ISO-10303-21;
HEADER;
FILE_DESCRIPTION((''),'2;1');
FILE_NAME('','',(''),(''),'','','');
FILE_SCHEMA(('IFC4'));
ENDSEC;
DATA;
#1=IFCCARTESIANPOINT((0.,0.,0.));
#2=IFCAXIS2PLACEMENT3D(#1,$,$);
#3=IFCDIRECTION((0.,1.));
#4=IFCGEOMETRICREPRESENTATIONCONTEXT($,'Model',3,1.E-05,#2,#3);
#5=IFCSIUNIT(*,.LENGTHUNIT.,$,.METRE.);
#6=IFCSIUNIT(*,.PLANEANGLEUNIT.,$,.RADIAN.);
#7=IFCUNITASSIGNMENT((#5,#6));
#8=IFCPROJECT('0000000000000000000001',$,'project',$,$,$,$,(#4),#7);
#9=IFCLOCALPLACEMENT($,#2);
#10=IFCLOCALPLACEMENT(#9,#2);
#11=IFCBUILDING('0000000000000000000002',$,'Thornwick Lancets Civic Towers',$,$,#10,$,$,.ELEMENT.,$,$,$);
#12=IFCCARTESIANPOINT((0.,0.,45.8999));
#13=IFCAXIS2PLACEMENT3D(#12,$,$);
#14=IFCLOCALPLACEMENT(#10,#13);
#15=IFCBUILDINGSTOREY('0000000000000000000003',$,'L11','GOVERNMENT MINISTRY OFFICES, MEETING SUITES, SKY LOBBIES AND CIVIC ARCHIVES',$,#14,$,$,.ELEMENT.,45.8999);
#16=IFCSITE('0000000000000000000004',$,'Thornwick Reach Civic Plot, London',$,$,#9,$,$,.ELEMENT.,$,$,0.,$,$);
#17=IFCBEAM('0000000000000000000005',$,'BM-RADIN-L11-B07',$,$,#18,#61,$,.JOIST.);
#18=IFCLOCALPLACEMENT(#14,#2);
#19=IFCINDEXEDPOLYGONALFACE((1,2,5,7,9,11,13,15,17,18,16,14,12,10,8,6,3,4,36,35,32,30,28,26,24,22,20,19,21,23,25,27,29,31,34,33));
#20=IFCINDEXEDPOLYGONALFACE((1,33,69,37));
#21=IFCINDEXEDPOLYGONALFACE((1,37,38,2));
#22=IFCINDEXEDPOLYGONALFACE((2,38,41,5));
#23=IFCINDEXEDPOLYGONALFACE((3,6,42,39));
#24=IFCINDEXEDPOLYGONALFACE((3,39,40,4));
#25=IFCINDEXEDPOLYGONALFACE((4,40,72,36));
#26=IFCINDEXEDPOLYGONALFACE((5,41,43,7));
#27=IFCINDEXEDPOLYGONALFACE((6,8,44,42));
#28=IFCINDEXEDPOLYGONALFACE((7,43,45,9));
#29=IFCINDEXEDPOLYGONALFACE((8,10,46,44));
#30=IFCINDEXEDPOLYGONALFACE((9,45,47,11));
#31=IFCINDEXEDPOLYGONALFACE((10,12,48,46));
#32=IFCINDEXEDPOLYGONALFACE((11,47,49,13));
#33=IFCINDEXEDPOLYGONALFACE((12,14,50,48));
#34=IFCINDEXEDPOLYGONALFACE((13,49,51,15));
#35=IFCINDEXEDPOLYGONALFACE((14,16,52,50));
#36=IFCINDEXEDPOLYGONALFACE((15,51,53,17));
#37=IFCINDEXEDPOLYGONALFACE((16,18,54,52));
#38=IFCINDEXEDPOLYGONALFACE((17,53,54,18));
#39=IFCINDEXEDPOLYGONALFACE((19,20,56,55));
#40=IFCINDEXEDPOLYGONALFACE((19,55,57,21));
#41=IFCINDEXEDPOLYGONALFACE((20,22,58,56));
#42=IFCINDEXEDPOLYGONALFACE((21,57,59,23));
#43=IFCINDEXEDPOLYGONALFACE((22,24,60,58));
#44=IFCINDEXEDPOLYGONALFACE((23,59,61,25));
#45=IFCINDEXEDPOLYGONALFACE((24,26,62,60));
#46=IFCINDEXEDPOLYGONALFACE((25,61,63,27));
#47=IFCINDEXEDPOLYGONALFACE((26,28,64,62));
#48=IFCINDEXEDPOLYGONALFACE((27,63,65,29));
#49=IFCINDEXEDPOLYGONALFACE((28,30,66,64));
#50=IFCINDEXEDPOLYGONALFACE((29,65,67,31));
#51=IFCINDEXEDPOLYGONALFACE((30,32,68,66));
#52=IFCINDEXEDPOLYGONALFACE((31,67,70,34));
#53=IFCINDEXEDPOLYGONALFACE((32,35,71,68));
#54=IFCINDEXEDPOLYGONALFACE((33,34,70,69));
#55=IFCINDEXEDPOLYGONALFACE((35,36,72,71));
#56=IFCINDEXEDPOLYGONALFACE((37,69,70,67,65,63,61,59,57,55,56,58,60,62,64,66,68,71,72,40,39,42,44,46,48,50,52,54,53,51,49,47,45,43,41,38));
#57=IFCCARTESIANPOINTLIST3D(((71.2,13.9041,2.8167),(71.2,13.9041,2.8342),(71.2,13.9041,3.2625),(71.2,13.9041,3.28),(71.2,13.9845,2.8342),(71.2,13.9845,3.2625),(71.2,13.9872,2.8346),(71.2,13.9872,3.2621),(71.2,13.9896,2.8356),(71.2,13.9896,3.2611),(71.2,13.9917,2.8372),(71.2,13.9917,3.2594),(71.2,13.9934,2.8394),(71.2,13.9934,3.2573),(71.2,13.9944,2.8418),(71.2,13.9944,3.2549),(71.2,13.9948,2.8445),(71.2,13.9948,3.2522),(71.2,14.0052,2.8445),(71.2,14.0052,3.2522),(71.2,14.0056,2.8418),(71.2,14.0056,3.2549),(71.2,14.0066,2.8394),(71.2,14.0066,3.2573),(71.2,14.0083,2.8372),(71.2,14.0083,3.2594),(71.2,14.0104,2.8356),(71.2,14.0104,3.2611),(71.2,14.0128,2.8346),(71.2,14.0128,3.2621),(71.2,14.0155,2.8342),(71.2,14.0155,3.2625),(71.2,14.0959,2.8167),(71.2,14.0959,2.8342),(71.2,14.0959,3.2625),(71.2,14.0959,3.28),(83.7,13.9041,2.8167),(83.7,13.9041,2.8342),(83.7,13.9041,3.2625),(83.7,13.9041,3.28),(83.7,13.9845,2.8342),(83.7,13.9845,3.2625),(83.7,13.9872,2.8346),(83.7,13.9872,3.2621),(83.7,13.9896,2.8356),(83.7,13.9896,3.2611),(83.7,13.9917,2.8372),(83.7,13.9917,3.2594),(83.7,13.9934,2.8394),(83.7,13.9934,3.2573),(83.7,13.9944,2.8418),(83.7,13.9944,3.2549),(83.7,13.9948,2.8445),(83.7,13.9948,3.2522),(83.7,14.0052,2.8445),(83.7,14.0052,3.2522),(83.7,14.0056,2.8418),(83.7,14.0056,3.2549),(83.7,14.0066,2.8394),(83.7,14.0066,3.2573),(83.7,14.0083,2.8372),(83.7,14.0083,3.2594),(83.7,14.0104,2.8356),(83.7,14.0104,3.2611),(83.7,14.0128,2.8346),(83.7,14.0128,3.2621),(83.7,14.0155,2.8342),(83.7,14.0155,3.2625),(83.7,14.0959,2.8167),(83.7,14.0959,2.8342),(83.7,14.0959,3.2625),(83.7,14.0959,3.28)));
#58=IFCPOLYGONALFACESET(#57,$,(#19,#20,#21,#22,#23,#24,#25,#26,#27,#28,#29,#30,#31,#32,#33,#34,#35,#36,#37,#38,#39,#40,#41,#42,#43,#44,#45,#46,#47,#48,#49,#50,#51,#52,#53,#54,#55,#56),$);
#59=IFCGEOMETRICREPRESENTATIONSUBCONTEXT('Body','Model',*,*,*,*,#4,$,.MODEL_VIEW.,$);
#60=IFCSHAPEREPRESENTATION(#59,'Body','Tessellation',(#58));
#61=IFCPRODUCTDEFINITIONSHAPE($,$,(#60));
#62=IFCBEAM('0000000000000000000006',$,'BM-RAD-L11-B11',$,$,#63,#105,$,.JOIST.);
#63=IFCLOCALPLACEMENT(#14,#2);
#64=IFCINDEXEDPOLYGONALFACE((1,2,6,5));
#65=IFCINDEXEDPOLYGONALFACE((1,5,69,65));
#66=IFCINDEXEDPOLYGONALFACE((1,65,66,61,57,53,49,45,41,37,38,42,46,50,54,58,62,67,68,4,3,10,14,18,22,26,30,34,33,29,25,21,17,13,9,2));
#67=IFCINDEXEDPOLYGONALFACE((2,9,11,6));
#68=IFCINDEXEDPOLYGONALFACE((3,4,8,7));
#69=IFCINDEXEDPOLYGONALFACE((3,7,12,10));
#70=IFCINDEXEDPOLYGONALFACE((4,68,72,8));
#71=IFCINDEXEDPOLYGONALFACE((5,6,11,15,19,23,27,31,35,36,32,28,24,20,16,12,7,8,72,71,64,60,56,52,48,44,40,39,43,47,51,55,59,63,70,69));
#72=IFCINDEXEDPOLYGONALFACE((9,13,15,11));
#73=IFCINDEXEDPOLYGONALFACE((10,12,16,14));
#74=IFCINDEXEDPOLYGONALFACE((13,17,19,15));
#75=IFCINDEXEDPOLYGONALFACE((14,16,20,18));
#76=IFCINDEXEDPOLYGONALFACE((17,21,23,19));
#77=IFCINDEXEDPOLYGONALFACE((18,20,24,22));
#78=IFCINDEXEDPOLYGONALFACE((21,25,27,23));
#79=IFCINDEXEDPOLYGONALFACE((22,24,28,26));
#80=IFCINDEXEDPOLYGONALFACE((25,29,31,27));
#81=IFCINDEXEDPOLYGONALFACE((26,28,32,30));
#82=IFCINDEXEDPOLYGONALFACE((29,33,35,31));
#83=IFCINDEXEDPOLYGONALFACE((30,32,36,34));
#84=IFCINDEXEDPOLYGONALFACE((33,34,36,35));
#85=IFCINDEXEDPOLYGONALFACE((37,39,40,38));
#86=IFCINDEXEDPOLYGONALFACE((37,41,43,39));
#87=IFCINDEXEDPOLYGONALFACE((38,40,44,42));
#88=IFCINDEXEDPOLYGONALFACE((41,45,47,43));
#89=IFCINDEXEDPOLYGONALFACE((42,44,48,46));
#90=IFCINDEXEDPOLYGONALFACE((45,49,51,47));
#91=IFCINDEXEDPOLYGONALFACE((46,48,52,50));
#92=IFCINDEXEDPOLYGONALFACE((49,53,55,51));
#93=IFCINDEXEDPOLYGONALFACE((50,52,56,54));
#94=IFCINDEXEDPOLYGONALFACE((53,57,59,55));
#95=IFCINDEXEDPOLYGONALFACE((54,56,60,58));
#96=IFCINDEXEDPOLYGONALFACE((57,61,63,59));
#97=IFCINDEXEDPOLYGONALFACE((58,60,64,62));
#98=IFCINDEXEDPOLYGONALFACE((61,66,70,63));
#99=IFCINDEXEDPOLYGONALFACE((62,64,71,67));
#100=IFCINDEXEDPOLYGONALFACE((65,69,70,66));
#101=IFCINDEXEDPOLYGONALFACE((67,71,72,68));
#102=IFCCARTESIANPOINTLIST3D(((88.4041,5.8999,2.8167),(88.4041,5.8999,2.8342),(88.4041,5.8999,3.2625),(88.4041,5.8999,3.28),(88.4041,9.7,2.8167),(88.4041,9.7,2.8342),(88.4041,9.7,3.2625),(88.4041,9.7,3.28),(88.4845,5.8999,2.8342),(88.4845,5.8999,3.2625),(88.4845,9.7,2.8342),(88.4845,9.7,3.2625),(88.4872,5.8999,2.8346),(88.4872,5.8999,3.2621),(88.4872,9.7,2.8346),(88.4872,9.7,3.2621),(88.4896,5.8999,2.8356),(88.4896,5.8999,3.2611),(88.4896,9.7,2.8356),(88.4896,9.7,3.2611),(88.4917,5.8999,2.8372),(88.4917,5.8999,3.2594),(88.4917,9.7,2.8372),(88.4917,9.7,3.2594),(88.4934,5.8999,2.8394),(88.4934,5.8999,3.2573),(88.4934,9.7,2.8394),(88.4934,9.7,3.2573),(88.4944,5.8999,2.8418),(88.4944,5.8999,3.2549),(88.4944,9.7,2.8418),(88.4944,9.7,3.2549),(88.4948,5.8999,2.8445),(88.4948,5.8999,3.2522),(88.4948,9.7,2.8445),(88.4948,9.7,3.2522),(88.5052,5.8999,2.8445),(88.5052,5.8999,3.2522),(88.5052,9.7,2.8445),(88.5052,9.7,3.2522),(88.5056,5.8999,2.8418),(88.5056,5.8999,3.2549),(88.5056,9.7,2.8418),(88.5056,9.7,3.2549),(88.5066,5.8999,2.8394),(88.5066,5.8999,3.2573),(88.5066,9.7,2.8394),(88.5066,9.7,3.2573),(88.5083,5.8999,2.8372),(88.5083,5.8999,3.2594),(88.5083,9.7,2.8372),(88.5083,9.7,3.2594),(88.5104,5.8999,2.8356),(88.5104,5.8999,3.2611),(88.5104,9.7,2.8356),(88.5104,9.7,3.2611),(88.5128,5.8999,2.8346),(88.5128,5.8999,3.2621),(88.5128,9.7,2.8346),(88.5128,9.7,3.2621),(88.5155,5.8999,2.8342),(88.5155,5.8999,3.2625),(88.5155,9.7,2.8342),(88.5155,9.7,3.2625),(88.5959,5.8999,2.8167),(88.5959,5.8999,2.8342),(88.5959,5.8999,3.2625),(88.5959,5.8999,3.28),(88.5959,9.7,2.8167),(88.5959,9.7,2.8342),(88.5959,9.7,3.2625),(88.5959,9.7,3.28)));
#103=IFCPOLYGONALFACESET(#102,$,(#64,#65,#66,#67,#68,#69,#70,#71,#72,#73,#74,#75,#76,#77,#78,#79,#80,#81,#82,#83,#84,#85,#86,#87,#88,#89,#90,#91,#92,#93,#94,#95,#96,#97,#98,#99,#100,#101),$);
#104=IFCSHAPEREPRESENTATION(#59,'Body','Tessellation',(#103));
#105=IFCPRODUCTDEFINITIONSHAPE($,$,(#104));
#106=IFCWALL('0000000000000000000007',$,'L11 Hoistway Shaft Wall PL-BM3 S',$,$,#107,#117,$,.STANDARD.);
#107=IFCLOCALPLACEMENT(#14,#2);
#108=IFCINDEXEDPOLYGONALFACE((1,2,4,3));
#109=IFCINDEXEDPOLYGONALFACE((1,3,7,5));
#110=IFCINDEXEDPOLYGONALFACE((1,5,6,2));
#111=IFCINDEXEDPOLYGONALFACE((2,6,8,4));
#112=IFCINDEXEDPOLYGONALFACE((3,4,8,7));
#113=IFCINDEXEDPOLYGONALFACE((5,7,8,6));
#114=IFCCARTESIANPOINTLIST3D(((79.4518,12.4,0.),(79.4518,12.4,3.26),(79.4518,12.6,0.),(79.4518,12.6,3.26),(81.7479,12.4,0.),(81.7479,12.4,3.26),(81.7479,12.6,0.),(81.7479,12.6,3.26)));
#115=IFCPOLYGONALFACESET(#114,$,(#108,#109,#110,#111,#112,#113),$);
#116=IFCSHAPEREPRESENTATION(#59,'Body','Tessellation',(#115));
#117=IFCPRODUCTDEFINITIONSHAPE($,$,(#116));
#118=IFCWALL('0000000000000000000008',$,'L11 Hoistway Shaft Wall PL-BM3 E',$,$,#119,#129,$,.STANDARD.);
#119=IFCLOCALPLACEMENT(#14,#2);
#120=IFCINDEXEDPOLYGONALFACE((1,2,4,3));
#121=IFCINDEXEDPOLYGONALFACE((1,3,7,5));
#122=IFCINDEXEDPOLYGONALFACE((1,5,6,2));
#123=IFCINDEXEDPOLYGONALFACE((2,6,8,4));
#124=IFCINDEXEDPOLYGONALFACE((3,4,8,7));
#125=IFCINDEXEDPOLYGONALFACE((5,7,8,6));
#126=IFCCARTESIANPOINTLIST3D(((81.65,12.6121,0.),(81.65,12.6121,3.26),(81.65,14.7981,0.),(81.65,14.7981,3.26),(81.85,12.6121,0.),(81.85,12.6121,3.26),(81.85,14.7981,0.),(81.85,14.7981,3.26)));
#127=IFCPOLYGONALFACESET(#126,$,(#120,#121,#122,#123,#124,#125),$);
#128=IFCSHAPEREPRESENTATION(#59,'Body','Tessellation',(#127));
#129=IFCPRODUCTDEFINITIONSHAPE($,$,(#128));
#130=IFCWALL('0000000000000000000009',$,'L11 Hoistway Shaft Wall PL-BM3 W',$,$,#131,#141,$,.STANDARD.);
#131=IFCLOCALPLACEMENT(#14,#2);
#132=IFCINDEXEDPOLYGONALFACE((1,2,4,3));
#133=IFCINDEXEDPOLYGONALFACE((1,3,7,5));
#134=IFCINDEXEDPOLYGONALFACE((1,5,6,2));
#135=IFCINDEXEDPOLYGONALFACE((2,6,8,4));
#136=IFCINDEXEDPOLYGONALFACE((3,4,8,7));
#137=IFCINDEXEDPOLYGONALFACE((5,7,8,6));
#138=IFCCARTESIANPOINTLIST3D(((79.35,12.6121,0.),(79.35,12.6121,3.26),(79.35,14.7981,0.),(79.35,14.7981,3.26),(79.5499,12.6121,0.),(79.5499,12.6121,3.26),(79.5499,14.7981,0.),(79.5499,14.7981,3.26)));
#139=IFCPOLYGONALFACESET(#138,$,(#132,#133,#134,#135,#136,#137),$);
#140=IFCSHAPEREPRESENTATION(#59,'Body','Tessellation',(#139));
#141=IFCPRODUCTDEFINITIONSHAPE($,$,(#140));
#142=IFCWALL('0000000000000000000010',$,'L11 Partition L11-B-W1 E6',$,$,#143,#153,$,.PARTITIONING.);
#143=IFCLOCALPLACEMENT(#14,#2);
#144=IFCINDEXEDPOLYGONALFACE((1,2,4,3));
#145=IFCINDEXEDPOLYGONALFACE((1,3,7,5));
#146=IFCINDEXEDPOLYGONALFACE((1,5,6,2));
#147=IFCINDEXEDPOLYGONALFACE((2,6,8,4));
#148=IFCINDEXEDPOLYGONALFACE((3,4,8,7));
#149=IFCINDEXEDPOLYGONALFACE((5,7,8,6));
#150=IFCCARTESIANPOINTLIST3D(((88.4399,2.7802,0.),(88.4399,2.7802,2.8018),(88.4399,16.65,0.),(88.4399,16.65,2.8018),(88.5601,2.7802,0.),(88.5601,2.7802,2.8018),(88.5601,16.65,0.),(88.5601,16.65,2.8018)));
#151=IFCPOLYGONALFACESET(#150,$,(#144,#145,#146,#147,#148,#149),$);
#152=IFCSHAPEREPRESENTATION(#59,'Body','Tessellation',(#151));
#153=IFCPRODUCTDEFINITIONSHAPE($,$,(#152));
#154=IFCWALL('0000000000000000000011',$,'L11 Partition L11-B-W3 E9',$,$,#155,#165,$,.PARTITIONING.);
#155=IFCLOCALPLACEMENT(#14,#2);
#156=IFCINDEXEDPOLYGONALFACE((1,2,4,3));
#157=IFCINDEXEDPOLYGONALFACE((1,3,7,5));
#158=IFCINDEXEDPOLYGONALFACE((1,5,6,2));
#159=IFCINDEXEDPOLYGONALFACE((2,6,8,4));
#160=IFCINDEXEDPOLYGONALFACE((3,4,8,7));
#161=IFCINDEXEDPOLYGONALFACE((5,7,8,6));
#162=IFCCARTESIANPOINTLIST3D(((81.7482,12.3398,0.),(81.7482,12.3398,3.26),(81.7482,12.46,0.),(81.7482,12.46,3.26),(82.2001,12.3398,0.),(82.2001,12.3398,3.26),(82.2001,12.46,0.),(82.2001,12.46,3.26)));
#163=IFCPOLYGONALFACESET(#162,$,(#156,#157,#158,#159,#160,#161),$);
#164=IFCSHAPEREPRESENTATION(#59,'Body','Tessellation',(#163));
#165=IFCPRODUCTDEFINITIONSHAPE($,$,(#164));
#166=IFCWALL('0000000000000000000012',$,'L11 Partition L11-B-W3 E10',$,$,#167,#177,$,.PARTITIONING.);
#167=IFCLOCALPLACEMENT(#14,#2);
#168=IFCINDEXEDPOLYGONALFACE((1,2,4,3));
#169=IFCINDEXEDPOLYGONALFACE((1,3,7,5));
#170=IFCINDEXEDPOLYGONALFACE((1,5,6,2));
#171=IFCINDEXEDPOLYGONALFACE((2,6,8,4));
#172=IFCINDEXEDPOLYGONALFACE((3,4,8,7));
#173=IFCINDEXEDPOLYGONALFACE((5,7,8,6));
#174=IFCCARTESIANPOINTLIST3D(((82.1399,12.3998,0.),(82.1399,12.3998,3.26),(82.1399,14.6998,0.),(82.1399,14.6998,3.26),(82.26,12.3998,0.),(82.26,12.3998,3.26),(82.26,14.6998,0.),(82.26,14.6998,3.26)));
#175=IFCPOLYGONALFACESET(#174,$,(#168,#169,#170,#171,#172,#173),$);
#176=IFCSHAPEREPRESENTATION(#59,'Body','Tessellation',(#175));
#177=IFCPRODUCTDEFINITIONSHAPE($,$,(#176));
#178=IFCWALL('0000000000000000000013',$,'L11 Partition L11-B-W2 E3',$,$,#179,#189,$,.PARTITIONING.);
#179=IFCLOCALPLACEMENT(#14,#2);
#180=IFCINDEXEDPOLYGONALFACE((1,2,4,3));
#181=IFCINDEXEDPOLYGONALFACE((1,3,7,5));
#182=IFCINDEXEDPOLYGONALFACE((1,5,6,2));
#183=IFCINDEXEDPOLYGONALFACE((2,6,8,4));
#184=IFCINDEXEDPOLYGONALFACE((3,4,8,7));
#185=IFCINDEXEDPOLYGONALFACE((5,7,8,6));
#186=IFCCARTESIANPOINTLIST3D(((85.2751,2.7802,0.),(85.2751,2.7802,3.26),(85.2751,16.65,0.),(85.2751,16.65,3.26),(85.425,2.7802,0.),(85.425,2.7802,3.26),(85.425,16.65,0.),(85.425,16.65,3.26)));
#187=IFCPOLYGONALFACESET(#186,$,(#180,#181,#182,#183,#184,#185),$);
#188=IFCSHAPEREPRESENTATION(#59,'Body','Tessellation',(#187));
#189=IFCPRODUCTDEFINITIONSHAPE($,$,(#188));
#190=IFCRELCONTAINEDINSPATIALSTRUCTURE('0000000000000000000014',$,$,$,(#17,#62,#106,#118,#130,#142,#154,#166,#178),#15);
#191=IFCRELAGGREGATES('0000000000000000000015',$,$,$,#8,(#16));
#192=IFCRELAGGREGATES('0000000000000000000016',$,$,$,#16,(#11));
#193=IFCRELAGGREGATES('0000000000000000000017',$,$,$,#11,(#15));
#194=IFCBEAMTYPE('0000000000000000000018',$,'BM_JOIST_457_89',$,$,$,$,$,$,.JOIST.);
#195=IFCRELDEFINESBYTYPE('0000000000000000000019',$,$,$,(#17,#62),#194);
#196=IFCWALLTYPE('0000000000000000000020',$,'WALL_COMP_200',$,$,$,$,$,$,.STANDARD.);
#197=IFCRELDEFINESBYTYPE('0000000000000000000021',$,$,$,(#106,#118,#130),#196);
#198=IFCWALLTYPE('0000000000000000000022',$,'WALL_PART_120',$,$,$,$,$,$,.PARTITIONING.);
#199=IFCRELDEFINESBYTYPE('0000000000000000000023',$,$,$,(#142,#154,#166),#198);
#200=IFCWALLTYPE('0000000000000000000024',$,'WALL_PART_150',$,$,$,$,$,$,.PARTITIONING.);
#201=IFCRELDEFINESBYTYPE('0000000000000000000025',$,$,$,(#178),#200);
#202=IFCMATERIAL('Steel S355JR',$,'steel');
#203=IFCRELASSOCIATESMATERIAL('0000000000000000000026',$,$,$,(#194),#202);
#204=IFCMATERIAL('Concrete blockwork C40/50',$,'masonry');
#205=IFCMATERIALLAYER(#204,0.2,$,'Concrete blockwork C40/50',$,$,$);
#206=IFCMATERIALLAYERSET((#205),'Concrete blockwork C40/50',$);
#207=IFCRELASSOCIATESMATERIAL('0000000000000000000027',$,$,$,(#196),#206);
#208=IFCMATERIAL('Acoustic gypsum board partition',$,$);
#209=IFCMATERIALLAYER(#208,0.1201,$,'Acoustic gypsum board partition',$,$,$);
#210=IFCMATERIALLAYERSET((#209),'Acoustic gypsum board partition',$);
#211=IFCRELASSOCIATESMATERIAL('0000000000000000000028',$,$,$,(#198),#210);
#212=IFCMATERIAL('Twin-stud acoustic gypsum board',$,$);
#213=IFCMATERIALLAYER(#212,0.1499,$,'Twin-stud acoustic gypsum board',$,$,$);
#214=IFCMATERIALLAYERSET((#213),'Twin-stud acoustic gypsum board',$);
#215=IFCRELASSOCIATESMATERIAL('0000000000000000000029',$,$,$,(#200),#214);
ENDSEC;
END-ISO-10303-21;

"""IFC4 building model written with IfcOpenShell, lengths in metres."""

from ifc_helpers import new_model, si_unit, direction, frame, frame_2d, origin, origin_2d, place, context, subcontext, project, spatial, rectangle, i_section, extrude, material, layer, layer_set, material_profile, profile_set, type_object, element, save


model = new_model("IFC4")

# Units and contexts
model_context = context("Model", 3, precision=1e-05, world=origin(), true_north=direction((0.0, 1.0)))
body_context = subcontext(model_context, "Body", "Model", "MODEL_VIEW")
ifc_project = project(units=[si_unit("LENGTHUNIT", "METRE"), si_unit("PLANEANGLEUNIT", "RADIAN")], contexts=[model_context])

# Site, building, storey
site_placement = place(None, origin())
site = spatial("IfcSite", under=ifc_project, at=site_placement, Name="Thornwick Reach Civic Plot, London", CompositionType="ELEMENT", RefElevation=0.0)
building_placement = place(site_placement, origin())
building = spatial("IfcBuilding", under=site, at=building_placement, Name="Thornwick Lancets Civic Towers", CompositionType="ELEMENT")
storey_placement = place(building_placement, frame((0.0, 0.0, 45.8999)))
storey = spatial("IfcBuildingStorey", under=building, at=storey_placement, Name="L11", Description="GOVERNMENT MINISTRY OFFICES, MEETING SUITES, SKY LOBBIES AND CIVIC ARCHIVES", CompositionType="ELEMENT", Elevation=45.8999)

# Beams
ifc_material_1 = material(Name="Steel S355JR", Category="steel")
ifc_material_profile_1 = material_profile(ifc_material_1, i_section(OverallWidth=0.1919, OverallDepth=0.4634, WebThickness=0.0105, FlangeThickness=0.0176, FilletRadius=0.0103, at=origin_2d()), Name="UKB 457x191x89")
ifc_profile_set_1 = profile_set([ifc_material_profile_1], Name="Steel S355JR")
beam_type_1 = type_object("IfcBeamType", Name="BM_JOIST_457_89", PredefinedType="JOIST", material=ifc_profile_set_1)
beam_1_placement = place(storey_placement, frame((83.7, 14.0, 3.0483), z_axis=(-1.0, 0.0, 0.0), x_axis=(0.0, -1.0, 0.0)))
element("IfcBeam", 1, at=beam_1_placement, inside=storey, type_object=beam_type_1, Name="BM-RADIN-L11-B07", PredefinedType="JOIST", context=body_context, shape_type="SweptSolid", body=[
    extrude(i_section(OverallWidth=0.1919, OverallDepth=0.4634, WebThickness=0.0105, FlangeThickness=0.0176, FilletRadius=0.0103, at=origin_2d()), origin(), (0.0, 0.0, 1.0), 12.5),
])
beam_2_placement = place(storey_placement, frame((88.5, 9.7, 3.0483), z_axis=(0.0, -1.0, 0.0), x_axis=(1.0, 0.0, 0.0)))
element("IfcBeam", 2, at=beam_2_placement, inside=storey, type_object=beam_type_1, Name="BM-RAD-L11-B11", PredefinedType="JOIST", context=body_context, shape_type="SweptSolid", body=[
    extrude(i_section(OverallWidth=0.1919, OverallDepth=0.4634, WebThickness=0.0105, FlangeThickness=0.0176, FilletRadius=0.0103, at=origin_2d()), origin(), (0.0, 0.0, 1.0), 3.8),
])

# Walls
ifc_material_2 = material(Name="Concrete blockwork C40/50", Category="masonry")
ifc_layer_1 = layer(ifc_material_2, 0.2, Name="Concrete blockwork C40/50")
ifc_layer_set_1 = layer_set([ifc_layer_1], Name="Concrete blockwork C40/50")
wall_type_1 = type_object("IfcWallType", Name="WALL_COMP_200", PredefinedType="STANDARD", material=ifc_layer_set_1)
wall_1_placement = place(storey_placement, frame((79.4519, 12.5, 0.0), z_axis=(0.0, 0.0, 1.0), x_axis=(1.0, 0.0, 0.0)))
element("IfcWall", 3, at=wall_1_placement, inside=storey, type_object=wall_type_1, Name="L11 Hoistway Shaft Wall PL-BM3 S", PredefinedType="STANDARD", context=body_context, shape_type="SweptSolid", body=[
    extrude(rectangle(XDim=2.2961, YDim=0.2, at=frame_2d((1.1479, 0.0))), origin(), (0.0, 0.0, 1.0), 3.26),
])
for number, where, z_axis, x_axis, name in (
    (4, (81.75, 12.6121, 0.0), (0.0, 0.0, 1.0), (0.0, 1.0, 0.0), "L11 Hoistway Shaft Wall PL-BM3 E"),
    (5, (79.45, 12.6121, 0.0), (0.0, 0.0, 1.0), (0.0, 1.0, 0.0), "L11 Hoistway Shaft Wall PL-BM3 W"),
):
    element("IfcWall", number, at=place(storey_placement, frame(where, z_axis=z_axis, x_axis=x_axis)), inside=storey, type_object=wall_type_1, Name=name, PredefinedType="STANDARD", context=body_context, shape_type="SweptSolid", body=[
        extrude(rectangle(XDim=2.186, YDim=0.2, at=frame_2d((1.093, 0.0))), origin(), (0.0, 0.0, 1.0), 3.26),
    ])
ifc_material_3 = material(Name="Acoustic gypsum board partition")
ifc_layer_2 = layer(ifc_material_3, 0.1201, Name="Acoustic gypsum board partition")
ifc_layer_set_2 = layer_set([ifc_layer_2], Name="Acoustic gypsum board partition")
wall_type_2 = type_object("IfcWallType", Name="WALL_PART_120", PredefinedType="PARTITIONING", material=ifc_layer_set_2)
wall_2_placement = place(storey_placement, frame((88.5, 2.78, 0.0), z_axis=(0.0, 0.0, 1.0), x_axis=(0.0, 1.0, 0.0)))
element("IfcWall", 6, at=wall_2_placement, inside=storey, type_object=wall_type_2, Name="L11 Partition L11-B-W1 E6", PredefinedType="PARTITIONING", context=body_context, shape_type="SweptSolid", body=[
    extrude(rectangle(XDim=13.8699, YDim=0.1201, at=frame_2d((6.9351, 0.0))), origin(), (0.0, 0.0, 1.0), 2.8018),
])
wall_3_placement = place(storey_placement, frame((81.748, 12.3999, 0.0), z_axis=(0.0, 0.0, 1.0), x_axis=(1.0, 0.0, 0.0)))
element("IfcWall", 7, at=wall_3_placement, inside=storey, type_object=wall_type_2, Name="L11 Partition L11-B-W3 E9", PredefinedType="PARTITIONING", context=body_context, shape_type="SweptSolid", body=[
    extrude(rectangle(XDim=0.4519, YDim=0.1201, at=frame_2d((0.2261, 0.0))), origin(), (0.0, 0.0, 1.0), 3.26),
])
wall_4_placement = place(storey_placement, frame((82.2, 12.3999, 0.0), z_axis=(0.0, 0.0, 1.0), x_axis=(0.0, 1.0, 0.0)))
element("IfcWall", 8, at=wall_4_placement, inside=storey, type_object=wall_type_2, Name="L11 Partition L11-B-W3 E10", PredefinedType="PARTITIONING", context=body_context, shape_type="SweptSolid", body=[
    extrude(rectangle(XDim=2.3, YDim=0.1201, at=frame_2d((1.1499, 0.0))), origin(), (0.0, 0.0, 1.0), 3.26),
])
ifc_material_4 = material(Name="Twin-stud acoustic gypsum board")
ifc_layer_3 = layer(ifc_material_4, 0.1499, Name="Twin-stud acoustic gypsum board")
ifc_layer_set_3 = layer_set([ifc_layer_3], Name="Twin-stud acoustic gypsum board")
wall_type_3 = type_object("IfcWallType", Name="WALL_PART_150", PredefinedType="PARTITIONING", material=ifc_layer_set_3)
wall_5_placement = place(storey_placement, frame((85.3501, 2.78, 0.0), z_axis=(0.0, 0.0, 1.0), x_axis=(0.0, 1.0, 0.0)))
element("IfcWall", 9, at=wall_5_placement, inside=storey, type_object=wall_type_3, Name="L11 Partition L11-B-W2 E3", PredefinedType="PARTITIONING", context=body_context, shape_type="SweptSolid", body=[
    extrude(rectangle(XDim=13.8699, YDim=0.1499, at=frame_2d((6.9351, 0.0))), origin(), (0.0, 0.0, 1.0), 3.26),
])

save(model, "model.ifc")
